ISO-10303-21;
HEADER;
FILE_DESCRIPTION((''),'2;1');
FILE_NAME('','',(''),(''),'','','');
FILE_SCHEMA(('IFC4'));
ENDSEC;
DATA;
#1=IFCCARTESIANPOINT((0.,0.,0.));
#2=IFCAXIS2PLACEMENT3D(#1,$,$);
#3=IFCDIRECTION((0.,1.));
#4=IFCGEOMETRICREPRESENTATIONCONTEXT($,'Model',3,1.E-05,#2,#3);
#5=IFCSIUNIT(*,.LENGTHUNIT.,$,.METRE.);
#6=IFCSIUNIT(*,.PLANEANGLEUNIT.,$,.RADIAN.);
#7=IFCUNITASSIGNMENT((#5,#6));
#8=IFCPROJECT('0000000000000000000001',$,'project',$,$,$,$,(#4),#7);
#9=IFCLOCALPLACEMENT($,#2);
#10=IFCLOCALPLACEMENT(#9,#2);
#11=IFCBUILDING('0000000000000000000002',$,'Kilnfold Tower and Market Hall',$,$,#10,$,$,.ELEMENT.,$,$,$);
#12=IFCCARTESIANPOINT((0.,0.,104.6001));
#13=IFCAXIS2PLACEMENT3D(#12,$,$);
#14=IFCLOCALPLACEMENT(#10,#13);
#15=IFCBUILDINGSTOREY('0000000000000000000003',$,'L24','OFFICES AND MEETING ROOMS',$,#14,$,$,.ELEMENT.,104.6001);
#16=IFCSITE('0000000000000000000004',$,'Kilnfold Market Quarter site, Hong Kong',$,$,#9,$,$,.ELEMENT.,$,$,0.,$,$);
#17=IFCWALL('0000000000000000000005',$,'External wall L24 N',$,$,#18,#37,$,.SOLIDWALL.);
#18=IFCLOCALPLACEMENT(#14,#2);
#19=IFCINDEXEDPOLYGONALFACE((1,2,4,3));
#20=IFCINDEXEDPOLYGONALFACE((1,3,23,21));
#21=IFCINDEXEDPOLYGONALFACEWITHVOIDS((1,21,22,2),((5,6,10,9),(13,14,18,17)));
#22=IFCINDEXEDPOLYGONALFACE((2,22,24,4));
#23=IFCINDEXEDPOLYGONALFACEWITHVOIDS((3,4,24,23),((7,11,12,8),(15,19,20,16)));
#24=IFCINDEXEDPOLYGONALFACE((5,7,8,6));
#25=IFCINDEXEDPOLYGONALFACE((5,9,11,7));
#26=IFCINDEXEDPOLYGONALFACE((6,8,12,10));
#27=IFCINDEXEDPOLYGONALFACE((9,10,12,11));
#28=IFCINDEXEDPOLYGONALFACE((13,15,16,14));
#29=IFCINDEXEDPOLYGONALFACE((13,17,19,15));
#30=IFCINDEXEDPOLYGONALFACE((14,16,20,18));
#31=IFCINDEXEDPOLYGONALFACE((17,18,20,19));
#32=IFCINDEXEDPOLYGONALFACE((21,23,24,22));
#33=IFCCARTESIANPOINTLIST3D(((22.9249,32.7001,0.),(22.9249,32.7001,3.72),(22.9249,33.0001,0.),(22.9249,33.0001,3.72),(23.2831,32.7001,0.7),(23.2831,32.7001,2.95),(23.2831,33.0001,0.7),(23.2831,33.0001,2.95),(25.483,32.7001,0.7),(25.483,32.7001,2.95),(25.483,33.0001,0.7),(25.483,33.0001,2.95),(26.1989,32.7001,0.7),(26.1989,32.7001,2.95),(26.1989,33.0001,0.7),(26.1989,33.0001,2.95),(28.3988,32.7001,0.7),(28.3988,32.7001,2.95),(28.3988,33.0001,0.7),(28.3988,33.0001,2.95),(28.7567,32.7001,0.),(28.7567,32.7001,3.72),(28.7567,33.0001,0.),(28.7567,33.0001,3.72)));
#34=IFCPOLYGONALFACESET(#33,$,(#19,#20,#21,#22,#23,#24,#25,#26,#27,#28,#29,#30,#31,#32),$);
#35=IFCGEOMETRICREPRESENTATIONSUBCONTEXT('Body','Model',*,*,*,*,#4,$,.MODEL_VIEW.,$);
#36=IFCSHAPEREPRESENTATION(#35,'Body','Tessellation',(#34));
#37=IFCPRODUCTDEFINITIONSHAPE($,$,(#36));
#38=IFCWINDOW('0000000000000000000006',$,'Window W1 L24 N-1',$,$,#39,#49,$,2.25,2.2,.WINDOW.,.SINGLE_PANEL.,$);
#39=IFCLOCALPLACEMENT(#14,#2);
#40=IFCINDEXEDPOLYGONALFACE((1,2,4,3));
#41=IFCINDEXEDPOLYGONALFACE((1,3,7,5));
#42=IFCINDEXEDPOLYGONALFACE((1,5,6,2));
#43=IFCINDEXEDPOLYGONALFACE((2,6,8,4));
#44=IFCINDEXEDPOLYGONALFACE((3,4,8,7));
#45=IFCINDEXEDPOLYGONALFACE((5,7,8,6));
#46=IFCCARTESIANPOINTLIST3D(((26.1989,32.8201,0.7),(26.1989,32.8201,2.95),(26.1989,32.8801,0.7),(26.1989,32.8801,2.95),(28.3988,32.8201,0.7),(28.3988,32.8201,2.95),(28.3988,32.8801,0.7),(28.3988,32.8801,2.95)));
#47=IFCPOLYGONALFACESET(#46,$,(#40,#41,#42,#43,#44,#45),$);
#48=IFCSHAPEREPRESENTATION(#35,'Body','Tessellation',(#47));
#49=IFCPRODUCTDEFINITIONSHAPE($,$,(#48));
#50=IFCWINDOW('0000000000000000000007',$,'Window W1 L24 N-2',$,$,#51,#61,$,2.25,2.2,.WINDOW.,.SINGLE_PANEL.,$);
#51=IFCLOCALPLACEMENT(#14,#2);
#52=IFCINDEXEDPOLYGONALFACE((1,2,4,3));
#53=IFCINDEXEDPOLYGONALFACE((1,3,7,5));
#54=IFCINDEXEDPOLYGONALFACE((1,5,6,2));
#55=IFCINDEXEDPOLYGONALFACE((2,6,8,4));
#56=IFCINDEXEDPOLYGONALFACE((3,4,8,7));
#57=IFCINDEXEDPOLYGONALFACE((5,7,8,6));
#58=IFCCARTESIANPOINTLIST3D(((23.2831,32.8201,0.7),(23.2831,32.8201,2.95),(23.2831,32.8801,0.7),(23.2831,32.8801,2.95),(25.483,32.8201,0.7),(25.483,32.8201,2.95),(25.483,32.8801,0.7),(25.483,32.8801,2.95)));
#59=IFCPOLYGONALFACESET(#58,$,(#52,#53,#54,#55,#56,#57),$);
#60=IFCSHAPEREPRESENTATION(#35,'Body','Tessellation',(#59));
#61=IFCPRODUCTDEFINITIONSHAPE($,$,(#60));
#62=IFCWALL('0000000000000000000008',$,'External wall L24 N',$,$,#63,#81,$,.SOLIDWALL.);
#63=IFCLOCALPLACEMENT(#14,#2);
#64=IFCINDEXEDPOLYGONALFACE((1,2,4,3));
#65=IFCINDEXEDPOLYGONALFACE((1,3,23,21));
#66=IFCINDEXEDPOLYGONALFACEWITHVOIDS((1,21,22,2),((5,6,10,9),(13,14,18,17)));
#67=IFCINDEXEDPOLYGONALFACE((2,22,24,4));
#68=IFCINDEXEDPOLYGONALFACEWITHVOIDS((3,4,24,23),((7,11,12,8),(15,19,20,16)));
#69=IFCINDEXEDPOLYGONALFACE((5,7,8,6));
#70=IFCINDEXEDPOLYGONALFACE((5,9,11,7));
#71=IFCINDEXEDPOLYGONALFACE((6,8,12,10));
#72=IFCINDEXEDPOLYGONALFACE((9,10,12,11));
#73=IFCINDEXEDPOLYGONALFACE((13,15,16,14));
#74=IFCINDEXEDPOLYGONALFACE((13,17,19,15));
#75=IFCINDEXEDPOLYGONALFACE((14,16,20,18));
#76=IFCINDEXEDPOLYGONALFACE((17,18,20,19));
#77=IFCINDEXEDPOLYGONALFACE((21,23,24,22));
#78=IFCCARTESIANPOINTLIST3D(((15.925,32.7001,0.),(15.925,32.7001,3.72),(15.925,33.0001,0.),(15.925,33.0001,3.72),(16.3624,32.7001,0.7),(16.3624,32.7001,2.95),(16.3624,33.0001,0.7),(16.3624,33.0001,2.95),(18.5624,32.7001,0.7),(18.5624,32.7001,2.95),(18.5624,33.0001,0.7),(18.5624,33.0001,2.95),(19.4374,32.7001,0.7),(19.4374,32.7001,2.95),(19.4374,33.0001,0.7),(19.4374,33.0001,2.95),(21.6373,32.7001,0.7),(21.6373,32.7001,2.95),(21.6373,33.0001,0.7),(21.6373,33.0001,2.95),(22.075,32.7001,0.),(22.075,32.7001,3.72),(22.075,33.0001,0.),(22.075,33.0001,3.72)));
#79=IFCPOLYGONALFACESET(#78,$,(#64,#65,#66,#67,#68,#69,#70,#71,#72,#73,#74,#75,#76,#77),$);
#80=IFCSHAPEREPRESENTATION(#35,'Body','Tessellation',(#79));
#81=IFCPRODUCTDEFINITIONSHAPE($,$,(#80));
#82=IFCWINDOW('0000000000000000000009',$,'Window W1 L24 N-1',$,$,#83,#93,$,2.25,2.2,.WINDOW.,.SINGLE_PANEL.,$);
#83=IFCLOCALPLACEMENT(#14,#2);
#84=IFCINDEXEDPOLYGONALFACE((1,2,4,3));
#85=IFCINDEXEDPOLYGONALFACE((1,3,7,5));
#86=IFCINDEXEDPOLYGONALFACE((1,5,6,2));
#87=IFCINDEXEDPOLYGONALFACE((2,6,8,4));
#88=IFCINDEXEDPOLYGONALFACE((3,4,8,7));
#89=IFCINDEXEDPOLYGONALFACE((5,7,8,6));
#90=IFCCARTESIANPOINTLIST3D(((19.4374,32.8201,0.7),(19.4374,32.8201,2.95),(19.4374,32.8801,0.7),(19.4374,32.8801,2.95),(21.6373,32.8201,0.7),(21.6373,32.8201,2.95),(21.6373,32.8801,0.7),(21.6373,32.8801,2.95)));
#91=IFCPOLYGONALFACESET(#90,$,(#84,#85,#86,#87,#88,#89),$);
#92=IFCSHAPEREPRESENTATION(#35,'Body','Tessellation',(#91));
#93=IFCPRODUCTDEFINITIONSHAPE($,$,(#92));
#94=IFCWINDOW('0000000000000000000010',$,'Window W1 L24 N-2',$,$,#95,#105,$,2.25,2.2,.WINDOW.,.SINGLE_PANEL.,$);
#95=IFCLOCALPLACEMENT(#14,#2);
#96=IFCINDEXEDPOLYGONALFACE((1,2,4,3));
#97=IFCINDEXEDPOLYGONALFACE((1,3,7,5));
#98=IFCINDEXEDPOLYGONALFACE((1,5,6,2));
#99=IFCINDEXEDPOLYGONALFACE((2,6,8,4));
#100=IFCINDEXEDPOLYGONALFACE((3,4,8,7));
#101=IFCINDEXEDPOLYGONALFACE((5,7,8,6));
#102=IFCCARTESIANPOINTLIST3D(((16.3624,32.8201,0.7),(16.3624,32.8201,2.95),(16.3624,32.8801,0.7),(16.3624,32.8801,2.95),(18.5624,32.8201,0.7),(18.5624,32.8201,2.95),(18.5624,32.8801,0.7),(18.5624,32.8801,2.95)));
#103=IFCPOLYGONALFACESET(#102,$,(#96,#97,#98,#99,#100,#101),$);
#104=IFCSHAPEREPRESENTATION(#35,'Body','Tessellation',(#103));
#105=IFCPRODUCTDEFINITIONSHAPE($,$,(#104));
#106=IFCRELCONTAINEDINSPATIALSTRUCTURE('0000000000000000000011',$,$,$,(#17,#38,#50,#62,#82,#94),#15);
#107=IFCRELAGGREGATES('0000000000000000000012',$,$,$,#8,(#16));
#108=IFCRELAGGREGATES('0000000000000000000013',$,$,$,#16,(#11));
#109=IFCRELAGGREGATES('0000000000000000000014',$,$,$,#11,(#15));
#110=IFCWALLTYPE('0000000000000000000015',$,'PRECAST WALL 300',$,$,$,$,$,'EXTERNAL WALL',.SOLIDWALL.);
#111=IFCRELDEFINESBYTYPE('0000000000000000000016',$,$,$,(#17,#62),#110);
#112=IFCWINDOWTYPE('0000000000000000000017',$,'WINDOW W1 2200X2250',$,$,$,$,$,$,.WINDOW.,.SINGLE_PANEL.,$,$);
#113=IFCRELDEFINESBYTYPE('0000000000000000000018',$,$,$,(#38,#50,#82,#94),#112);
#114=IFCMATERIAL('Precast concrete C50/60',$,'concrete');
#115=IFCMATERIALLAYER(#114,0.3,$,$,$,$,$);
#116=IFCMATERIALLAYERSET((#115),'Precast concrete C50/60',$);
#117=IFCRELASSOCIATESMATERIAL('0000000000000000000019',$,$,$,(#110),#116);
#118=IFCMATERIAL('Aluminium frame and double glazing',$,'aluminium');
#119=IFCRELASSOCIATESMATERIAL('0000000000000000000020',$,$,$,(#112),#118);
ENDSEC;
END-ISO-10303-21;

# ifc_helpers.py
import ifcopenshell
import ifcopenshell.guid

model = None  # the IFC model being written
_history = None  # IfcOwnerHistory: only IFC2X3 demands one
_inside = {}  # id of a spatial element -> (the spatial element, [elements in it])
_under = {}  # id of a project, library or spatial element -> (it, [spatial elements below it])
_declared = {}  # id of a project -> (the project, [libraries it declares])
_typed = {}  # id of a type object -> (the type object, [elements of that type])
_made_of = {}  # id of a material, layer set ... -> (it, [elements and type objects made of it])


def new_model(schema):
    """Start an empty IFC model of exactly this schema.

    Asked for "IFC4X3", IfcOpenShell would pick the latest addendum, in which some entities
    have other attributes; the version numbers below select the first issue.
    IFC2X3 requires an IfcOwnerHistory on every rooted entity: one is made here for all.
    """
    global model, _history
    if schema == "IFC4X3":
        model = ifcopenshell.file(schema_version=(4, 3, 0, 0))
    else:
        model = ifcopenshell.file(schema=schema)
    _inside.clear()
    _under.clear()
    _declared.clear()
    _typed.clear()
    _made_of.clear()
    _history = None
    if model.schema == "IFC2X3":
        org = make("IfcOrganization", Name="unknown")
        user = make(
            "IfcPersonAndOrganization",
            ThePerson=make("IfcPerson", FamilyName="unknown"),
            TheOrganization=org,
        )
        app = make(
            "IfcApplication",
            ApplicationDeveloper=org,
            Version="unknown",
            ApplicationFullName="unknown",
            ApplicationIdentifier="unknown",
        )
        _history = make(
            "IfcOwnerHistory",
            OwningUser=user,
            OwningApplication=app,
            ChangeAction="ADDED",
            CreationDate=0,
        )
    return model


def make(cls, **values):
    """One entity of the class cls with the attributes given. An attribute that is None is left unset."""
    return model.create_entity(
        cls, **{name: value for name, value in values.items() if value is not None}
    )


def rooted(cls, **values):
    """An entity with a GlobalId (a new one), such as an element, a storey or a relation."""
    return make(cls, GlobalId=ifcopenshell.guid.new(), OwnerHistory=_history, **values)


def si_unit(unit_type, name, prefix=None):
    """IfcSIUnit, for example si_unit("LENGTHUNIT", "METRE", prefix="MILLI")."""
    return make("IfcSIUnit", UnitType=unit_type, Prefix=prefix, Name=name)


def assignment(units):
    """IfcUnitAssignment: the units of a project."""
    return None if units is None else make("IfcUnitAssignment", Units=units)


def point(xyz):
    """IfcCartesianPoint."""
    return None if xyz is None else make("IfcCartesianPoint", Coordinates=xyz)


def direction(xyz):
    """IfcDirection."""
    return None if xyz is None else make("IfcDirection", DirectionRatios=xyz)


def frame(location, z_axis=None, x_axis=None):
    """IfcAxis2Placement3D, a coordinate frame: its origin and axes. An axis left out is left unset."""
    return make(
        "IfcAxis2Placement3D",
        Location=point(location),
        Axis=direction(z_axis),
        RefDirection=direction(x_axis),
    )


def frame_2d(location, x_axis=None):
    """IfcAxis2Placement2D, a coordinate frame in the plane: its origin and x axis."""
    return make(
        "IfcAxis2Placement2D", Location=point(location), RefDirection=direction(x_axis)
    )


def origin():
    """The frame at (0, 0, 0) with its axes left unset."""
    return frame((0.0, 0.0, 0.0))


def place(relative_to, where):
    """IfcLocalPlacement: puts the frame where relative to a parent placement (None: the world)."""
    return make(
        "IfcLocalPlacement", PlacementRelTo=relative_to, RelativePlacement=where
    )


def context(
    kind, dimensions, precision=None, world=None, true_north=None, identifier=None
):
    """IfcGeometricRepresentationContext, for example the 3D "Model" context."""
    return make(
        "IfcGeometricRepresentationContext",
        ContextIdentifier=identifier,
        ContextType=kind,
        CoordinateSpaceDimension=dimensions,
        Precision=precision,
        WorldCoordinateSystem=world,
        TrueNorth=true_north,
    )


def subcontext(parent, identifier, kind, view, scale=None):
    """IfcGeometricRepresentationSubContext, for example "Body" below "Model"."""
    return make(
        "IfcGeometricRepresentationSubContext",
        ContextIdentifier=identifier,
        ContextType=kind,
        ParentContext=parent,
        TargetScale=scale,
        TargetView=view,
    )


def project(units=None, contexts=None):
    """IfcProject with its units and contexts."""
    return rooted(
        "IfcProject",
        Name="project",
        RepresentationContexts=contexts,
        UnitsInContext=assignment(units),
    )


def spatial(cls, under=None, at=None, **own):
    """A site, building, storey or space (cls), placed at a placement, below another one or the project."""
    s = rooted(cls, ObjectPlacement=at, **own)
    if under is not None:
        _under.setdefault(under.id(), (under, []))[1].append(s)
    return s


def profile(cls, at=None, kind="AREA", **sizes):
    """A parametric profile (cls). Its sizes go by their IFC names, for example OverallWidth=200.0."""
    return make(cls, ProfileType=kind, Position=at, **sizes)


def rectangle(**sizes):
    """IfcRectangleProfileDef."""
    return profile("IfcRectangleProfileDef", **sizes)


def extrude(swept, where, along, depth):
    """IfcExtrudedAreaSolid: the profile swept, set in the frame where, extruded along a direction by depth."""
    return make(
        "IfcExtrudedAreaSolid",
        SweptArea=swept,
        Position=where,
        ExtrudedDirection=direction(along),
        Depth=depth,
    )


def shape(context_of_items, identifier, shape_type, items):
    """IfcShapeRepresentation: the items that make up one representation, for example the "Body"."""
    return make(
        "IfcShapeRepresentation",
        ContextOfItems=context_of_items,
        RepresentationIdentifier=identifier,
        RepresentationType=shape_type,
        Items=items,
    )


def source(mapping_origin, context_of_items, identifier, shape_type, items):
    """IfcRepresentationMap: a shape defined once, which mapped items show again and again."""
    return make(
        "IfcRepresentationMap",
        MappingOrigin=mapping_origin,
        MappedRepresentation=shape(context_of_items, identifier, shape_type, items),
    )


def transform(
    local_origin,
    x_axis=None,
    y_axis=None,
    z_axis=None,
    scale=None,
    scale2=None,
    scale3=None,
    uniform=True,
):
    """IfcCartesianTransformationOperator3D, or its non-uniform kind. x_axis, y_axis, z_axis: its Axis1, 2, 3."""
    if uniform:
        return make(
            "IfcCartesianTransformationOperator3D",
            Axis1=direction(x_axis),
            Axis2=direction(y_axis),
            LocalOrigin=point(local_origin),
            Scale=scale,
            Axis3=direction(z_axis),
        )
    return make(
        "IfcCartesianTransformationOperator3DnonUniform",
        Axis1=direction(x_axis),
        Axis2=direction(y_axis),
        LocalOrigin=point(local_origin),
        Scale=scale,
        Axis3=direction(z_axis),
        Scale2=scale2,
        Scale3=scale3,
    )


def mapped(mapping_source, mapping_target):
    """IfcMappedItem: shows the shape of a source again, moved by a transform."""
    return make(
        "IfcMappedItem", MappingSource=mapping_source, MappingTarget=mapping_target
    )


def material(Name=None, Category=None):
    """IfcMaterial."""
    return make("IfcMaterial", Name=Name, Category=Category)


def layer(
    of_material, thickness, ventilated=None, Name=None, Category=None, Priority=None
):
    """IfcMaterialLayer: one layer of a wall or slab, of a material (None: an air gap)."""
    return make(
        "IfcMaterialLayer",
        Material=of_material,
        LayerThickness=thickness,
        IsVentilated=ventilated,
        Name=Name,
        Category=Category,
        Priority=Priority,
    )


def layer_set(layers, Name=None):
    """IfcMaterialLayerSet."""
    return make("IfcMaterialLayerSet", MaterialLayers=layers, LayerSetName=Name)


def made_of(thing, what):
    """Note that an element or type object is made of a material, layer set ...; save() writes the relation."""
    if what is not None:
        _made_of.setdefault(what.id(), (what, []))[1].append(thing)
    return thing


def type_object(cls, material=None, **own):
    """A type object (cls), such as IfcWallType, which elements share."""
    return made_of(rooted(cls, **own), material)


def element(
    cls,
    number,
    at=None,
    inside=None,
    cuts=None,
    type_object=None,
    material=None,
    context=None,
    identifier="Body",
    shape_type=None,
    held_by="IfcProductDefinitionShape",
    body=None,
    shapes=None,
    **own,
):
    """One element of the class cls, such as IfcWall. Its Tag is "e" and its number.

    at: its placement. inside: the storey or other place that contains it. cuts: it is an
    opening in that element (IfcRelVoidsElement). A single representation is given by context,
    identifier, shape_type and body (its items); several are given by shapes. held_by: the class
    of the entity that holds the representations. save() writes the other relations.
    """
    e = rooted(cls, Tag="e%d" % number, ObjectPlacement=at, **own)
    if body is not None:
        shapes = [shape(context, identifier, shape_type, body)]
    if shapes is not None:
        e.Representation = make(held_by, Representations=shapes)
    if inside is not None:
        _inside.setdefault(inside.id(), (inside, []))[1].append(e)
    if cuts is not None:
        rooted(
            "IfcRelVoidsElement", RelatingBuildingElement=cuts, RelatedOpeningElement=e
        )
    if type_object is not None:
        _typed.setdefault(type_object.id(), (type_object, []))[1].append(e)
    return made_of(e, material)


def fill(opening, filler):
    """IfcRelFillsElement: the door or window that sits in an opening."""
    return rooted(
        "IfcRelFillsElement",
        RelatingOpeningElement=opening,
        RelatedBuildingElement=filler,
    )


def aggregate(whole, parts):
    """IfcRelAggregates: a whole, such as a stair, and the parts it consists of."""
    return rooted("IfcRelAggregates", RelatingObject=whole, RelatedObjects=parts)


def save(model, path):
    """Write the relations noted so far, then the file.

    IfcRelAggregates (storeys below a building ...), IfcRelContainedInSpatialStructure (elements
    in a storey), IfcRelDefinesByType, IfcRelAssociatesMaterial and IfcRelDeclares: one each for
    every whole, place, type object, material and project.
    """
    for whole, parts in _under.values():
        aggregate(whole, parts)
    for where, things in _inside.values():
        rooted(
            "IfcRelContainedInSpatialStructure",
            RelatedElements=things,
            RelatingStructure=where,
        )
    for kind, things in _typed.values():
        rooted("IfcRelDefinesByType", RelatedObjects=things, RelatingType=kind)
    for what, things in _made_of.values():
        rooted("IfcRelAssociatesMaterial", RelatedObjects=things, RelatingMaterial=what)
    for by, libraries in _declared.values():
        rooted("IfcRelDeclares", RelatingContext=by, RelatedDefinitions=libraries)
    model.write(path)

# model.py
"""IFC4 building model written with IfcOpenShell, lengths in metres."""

from ifc_helpers import new_model, si_unit, direction, frame, frame_2d, origin, place, context, subcontext, project, spatial, rectangle, extrude, source, transform, mapped, material, layer, layer_set, type_object, element, fill, save


model = new_model("IFC4")

# Units and contexts
model_context = context("Model", 3, precision=1e-05, world=origin(), true_north=direction((0.0, 1.0)))
body_context = subcontext(model_context, "Body", "Model", "MODEL_VIEW")
ifc_project = project(units=[si_unit("LENGTHUNIT", "METRE"), si_unit("PLANEANGLEUNIT", "RADIAN")], contexts=[model_context])

# Site, building, storey
site_placement = place(None, origin())
site = spatial("IfcSite", under=ifc_project, at=site_placement, Name="Kilnfold Market Quarter site, Hong Kong", CompositionType="ELEMENT", RefElevation=0.0)
building_placement = place(site_placement, origin())
building = spatial("IfcBuilding", under=site, at=building_placement, Name="Kilnfold Tower and Market Hall", CompositionType="ELEMENT")
storey_placement = place(building_placement, frame((0.0, 0.0, 104.6001)))
storey = spatial("IfcBuildingStorey", under=building, at=storey_placement, Name="L24", Description="OFFICES AND MEETING ROOMS", CompositionType="ELEMENT", Elevation=104.6001)

# Walls, openings, windows
ifc_material_1 = material(Name="Precast concrete C50/60", Category="concrete")
ifc_layer_1 = layer(ifc_material_1, 0.3)
ifc_layer_set_1 = layer_set([ifc_layer_1], Name="Precast concrete C50/60")
wall_type_1 = type_object("IfcWallType", Name="PRECAST WALL 300", ElementType="EXTERNAL WALL", PredefinedType="SOLIDWALL", material=ifc_layer_set_1)
shared_shape_1 = source(origin(), body_context, "Body", "SweptSolid", [
    extrude(rectangle(XDim=5.8318, YDim=0.3, at=frame_2d((2.916, 0.0))), origin(), (0.0, 0.0, 1.0), 3.72),
])
wall_1_placement = place(storey_placement, frame((28.7568, 32.8501, 0.0), z_axis=(0.0, 0.0, 1.0), x_axis=(-1.0, 0.0, 0.0)))
wall_1 = element("IfcWall", 1, at=wall_1_placement, inside=storey, type_object=wall_type_1, Name="External wall L24 N", PredefinedType="SOLIDWALL", context=body_context, shape_type="MappedRepresentation", body=[
    mapped(shared_shape_1, transform((0.0, 0.0, 0.0))),
])
opening_1_placement = place(wall_1_placement, frame((0.3579, 0.0, 0.7)))
opening_1 = element("IfcOpeningElement", 2, at=opening_1_placement, cuts=wall_1, PredefinedType="OPENING", context=body_context, shape_type="SweptSolid", body=[
    extrude(rectangle(XDim=2.2, YDim=2.25, at=frame_2d((1.1001, 1.125))), frame((0.0, 0.1602, 0.0), z_axis=(0.0, -1.0, 0.0), x_axis=(1.0, 0.0, 0.0)), (0.0, 0.0, 1.0), 0.3201),
])
opening_2_placement = place(wall_1_placement, frame((3.2737, 0.0, 0.7)))
opening_2 = element("IfcOpeningElement", 3, at=opening_2_placement, cuts=wall_1, PredefinedType="OPENING", context=body_context, shape_type="SweptSolid", body=[
    extrude(rectangle(XDim=2.2, YDim=2.25, at=frame_2d((1.1001, 1.125))), frame((0.0, 0.1602, 0.0), z_axis=(0.0, -1.0, 0.0), x_axis=(1.0, 0.0, 0.0)), (0.0, 0.0, 1.0), 0.3201),
])
ifc_material_2 = material(Name="Aluminium frame and double glazing", Category="aluminium")
window_type = type_object("IfcWindowType", Name="WINDOW W1 2200X2250", PartitioningType="SINGLE_PANEL", PredefinedType="WINDOW", material=ifc_material_2)
window_1_placement = place(opening_1_placement, origin())
window_1 = element("IfcWindow", 4, at=window_1_placement, inside=storey, type_object=window_type, Name="Window W1 L24 N-1", OverallHeight=2.25, OverallWidth=2.2, PartitioningType="SINGLE_PANEL", PredefinedType="WINDOW", context=body_context, shape_type="SweptSolid", body=[
    extrude(rectangle(XDim=2.2, YDim=2.25, at=frame_2d((1.1001, 1.125))), frame((0.0, 0.03, 0.0), z_axis=(0.0, -1.0, 0.0), x_axis=(1.0, 0.0, 0.0)), (0.0, 0.0, 1.0), 0.0601),
])
fill(opening_1, window_1)
window_2_placement = place(opening_2_placement, origin())
window_2 = element("IfcWindow", 5, at=window_2_placement, inside=storey, type_object=window_type, Name="Window W1 L24 N-2", OverallHeight=2.25, OverallWidth=2.2, PartitioningType="SINGLE_PANEL", PredefinedType="WINDOW", context=body_context, shape_type="SweptSolid", body=[
    extrude(rectangle(XDim=2.2, YDim=2.25, at=frame_2d((1.1001, 1.125))), frame((0.0, 0.03, 0.0), z_axis=(0.0, -1.0, 0.0), x_axis=(1.0, 0.0, 0.0)), (0.0, 0.0, 1.0), 0.0601),
])
fill(opening_2, window_2)
shared_shape_2 = source(origin(), body_context, "Body", "SweptSolid", [
    extrude(rectangle(XDim=6.1499, YDim=0.3, at=frame_2d((3.075, 0.0))), origin(), (0.0, 0.0, 1.0), 3.72),
])
wall_2_placement = place(storey_placement, frame((22.075, 32.8501, 0.0), z_axis=(0.0, 0.0, 1.0), x_axis=(-1.0, 0.0, 0.0)))
wall_2 = element("IfcWall", 6, at=wall_2_placement, inside=storey, type_object=wall_type_1, Name="External wall L24 N", PredefinedType="SOLIDWALL", context=body_context, shape_type="MappedRepresentation", body=[
    mapped(shared_shape_2, transform((0.0, 0.0, 0.0))),
])
opening_3_placement = place(wall_2_placement, frame((0.4375, 0.0, 0.7)))
opening_3 = element("IfcOpeningElement", 7, at=opening_3_placement, cuts=wall_2, PredefinedType="OPENING", context=body_context, shape_type="SweptSolid", body=[
    extrude(rectangle(XDim=2.2, YDim=2.25, at=frame_2d((1.1001, 1.125))), frame((0.0, 0.1602, 0.0), z_axis=(0.0, -1.0, 0.0), x_axis=(1.0, 0.0, 0.0)), (0.0, 0.0, 1.0), 0.3201),
])
opening_4_placement = place(wall_2_placement, frame((3.5125, 0.0, 0.7)))
opening_4 = element("IfcOpeningElement", 8, at=opening_4_placement, cuts=wall_2, PredefinedType="OPENING", context=body_context, shape_type="SweptSolid", body=[
    extrude(rectangle(XDim=2.2, YDim=2.25, at=frame_2d((1.1001, 1.125))), frame((0.0, 0.1602, 0.0), z_axis=(0.0, -1.0, 0.0), x_axis=(1.0, 0.0, 0.0)), (0.0, 0.0, 1.0), 0.3201),
])
window_3_placement = place(opening_3_placement, origin())
window_3 = element("IfcWindow", 9, at=window_3_placement, inside=storey, type_object=window_type, Name="Window W1 L24 N-1", OverallHeight=2.25, OverallWidth=2.2, PartitioningType="SINGLE_PANEL", PredefinedType="WINDOW", context=body_context, shape_type="SweptSolid", body=[
    extrude(rectangle(XDim=2.2, YDim=2.25, at=frame_2d((1.1001, 1.125))), frame((0.0, 0.03, 0.0), z_axis=(0.0, -1.0, 0.0), x_axis=(1.0, 0.0, 0.0)), (0.0, 0.0, 1.0), 0.0601),
])
fill(opening_3, window_3)
window_4_placement = place(opening_4_placement, origin())
window_4 = element("IfcWindow", 10, at=window_4_placement, inside=storey, type_object=window_type, Name="Window W1 L24 N-2", OverallHeight=2.25, OverallWidth=2.2, PartitioningType="SINGLE_PANEL", PredefinedType="WINDOW", context=body_context, shape_type="SweptSolid", body=[
    extrude(rectangle(XDim=2.2, YDim=2.25, at=frame_2d((1.1001, 1.125))), frame((0.0, 0.03, 0.0), z_axis=(0.0, -1.0, 0.0), x_axis=(1.0, 0.0, 0.0)), (0.0, 0.0, 1.0), 0.0601),
])
fill(opening_4, window_4)

save(model, "model.ifc")
